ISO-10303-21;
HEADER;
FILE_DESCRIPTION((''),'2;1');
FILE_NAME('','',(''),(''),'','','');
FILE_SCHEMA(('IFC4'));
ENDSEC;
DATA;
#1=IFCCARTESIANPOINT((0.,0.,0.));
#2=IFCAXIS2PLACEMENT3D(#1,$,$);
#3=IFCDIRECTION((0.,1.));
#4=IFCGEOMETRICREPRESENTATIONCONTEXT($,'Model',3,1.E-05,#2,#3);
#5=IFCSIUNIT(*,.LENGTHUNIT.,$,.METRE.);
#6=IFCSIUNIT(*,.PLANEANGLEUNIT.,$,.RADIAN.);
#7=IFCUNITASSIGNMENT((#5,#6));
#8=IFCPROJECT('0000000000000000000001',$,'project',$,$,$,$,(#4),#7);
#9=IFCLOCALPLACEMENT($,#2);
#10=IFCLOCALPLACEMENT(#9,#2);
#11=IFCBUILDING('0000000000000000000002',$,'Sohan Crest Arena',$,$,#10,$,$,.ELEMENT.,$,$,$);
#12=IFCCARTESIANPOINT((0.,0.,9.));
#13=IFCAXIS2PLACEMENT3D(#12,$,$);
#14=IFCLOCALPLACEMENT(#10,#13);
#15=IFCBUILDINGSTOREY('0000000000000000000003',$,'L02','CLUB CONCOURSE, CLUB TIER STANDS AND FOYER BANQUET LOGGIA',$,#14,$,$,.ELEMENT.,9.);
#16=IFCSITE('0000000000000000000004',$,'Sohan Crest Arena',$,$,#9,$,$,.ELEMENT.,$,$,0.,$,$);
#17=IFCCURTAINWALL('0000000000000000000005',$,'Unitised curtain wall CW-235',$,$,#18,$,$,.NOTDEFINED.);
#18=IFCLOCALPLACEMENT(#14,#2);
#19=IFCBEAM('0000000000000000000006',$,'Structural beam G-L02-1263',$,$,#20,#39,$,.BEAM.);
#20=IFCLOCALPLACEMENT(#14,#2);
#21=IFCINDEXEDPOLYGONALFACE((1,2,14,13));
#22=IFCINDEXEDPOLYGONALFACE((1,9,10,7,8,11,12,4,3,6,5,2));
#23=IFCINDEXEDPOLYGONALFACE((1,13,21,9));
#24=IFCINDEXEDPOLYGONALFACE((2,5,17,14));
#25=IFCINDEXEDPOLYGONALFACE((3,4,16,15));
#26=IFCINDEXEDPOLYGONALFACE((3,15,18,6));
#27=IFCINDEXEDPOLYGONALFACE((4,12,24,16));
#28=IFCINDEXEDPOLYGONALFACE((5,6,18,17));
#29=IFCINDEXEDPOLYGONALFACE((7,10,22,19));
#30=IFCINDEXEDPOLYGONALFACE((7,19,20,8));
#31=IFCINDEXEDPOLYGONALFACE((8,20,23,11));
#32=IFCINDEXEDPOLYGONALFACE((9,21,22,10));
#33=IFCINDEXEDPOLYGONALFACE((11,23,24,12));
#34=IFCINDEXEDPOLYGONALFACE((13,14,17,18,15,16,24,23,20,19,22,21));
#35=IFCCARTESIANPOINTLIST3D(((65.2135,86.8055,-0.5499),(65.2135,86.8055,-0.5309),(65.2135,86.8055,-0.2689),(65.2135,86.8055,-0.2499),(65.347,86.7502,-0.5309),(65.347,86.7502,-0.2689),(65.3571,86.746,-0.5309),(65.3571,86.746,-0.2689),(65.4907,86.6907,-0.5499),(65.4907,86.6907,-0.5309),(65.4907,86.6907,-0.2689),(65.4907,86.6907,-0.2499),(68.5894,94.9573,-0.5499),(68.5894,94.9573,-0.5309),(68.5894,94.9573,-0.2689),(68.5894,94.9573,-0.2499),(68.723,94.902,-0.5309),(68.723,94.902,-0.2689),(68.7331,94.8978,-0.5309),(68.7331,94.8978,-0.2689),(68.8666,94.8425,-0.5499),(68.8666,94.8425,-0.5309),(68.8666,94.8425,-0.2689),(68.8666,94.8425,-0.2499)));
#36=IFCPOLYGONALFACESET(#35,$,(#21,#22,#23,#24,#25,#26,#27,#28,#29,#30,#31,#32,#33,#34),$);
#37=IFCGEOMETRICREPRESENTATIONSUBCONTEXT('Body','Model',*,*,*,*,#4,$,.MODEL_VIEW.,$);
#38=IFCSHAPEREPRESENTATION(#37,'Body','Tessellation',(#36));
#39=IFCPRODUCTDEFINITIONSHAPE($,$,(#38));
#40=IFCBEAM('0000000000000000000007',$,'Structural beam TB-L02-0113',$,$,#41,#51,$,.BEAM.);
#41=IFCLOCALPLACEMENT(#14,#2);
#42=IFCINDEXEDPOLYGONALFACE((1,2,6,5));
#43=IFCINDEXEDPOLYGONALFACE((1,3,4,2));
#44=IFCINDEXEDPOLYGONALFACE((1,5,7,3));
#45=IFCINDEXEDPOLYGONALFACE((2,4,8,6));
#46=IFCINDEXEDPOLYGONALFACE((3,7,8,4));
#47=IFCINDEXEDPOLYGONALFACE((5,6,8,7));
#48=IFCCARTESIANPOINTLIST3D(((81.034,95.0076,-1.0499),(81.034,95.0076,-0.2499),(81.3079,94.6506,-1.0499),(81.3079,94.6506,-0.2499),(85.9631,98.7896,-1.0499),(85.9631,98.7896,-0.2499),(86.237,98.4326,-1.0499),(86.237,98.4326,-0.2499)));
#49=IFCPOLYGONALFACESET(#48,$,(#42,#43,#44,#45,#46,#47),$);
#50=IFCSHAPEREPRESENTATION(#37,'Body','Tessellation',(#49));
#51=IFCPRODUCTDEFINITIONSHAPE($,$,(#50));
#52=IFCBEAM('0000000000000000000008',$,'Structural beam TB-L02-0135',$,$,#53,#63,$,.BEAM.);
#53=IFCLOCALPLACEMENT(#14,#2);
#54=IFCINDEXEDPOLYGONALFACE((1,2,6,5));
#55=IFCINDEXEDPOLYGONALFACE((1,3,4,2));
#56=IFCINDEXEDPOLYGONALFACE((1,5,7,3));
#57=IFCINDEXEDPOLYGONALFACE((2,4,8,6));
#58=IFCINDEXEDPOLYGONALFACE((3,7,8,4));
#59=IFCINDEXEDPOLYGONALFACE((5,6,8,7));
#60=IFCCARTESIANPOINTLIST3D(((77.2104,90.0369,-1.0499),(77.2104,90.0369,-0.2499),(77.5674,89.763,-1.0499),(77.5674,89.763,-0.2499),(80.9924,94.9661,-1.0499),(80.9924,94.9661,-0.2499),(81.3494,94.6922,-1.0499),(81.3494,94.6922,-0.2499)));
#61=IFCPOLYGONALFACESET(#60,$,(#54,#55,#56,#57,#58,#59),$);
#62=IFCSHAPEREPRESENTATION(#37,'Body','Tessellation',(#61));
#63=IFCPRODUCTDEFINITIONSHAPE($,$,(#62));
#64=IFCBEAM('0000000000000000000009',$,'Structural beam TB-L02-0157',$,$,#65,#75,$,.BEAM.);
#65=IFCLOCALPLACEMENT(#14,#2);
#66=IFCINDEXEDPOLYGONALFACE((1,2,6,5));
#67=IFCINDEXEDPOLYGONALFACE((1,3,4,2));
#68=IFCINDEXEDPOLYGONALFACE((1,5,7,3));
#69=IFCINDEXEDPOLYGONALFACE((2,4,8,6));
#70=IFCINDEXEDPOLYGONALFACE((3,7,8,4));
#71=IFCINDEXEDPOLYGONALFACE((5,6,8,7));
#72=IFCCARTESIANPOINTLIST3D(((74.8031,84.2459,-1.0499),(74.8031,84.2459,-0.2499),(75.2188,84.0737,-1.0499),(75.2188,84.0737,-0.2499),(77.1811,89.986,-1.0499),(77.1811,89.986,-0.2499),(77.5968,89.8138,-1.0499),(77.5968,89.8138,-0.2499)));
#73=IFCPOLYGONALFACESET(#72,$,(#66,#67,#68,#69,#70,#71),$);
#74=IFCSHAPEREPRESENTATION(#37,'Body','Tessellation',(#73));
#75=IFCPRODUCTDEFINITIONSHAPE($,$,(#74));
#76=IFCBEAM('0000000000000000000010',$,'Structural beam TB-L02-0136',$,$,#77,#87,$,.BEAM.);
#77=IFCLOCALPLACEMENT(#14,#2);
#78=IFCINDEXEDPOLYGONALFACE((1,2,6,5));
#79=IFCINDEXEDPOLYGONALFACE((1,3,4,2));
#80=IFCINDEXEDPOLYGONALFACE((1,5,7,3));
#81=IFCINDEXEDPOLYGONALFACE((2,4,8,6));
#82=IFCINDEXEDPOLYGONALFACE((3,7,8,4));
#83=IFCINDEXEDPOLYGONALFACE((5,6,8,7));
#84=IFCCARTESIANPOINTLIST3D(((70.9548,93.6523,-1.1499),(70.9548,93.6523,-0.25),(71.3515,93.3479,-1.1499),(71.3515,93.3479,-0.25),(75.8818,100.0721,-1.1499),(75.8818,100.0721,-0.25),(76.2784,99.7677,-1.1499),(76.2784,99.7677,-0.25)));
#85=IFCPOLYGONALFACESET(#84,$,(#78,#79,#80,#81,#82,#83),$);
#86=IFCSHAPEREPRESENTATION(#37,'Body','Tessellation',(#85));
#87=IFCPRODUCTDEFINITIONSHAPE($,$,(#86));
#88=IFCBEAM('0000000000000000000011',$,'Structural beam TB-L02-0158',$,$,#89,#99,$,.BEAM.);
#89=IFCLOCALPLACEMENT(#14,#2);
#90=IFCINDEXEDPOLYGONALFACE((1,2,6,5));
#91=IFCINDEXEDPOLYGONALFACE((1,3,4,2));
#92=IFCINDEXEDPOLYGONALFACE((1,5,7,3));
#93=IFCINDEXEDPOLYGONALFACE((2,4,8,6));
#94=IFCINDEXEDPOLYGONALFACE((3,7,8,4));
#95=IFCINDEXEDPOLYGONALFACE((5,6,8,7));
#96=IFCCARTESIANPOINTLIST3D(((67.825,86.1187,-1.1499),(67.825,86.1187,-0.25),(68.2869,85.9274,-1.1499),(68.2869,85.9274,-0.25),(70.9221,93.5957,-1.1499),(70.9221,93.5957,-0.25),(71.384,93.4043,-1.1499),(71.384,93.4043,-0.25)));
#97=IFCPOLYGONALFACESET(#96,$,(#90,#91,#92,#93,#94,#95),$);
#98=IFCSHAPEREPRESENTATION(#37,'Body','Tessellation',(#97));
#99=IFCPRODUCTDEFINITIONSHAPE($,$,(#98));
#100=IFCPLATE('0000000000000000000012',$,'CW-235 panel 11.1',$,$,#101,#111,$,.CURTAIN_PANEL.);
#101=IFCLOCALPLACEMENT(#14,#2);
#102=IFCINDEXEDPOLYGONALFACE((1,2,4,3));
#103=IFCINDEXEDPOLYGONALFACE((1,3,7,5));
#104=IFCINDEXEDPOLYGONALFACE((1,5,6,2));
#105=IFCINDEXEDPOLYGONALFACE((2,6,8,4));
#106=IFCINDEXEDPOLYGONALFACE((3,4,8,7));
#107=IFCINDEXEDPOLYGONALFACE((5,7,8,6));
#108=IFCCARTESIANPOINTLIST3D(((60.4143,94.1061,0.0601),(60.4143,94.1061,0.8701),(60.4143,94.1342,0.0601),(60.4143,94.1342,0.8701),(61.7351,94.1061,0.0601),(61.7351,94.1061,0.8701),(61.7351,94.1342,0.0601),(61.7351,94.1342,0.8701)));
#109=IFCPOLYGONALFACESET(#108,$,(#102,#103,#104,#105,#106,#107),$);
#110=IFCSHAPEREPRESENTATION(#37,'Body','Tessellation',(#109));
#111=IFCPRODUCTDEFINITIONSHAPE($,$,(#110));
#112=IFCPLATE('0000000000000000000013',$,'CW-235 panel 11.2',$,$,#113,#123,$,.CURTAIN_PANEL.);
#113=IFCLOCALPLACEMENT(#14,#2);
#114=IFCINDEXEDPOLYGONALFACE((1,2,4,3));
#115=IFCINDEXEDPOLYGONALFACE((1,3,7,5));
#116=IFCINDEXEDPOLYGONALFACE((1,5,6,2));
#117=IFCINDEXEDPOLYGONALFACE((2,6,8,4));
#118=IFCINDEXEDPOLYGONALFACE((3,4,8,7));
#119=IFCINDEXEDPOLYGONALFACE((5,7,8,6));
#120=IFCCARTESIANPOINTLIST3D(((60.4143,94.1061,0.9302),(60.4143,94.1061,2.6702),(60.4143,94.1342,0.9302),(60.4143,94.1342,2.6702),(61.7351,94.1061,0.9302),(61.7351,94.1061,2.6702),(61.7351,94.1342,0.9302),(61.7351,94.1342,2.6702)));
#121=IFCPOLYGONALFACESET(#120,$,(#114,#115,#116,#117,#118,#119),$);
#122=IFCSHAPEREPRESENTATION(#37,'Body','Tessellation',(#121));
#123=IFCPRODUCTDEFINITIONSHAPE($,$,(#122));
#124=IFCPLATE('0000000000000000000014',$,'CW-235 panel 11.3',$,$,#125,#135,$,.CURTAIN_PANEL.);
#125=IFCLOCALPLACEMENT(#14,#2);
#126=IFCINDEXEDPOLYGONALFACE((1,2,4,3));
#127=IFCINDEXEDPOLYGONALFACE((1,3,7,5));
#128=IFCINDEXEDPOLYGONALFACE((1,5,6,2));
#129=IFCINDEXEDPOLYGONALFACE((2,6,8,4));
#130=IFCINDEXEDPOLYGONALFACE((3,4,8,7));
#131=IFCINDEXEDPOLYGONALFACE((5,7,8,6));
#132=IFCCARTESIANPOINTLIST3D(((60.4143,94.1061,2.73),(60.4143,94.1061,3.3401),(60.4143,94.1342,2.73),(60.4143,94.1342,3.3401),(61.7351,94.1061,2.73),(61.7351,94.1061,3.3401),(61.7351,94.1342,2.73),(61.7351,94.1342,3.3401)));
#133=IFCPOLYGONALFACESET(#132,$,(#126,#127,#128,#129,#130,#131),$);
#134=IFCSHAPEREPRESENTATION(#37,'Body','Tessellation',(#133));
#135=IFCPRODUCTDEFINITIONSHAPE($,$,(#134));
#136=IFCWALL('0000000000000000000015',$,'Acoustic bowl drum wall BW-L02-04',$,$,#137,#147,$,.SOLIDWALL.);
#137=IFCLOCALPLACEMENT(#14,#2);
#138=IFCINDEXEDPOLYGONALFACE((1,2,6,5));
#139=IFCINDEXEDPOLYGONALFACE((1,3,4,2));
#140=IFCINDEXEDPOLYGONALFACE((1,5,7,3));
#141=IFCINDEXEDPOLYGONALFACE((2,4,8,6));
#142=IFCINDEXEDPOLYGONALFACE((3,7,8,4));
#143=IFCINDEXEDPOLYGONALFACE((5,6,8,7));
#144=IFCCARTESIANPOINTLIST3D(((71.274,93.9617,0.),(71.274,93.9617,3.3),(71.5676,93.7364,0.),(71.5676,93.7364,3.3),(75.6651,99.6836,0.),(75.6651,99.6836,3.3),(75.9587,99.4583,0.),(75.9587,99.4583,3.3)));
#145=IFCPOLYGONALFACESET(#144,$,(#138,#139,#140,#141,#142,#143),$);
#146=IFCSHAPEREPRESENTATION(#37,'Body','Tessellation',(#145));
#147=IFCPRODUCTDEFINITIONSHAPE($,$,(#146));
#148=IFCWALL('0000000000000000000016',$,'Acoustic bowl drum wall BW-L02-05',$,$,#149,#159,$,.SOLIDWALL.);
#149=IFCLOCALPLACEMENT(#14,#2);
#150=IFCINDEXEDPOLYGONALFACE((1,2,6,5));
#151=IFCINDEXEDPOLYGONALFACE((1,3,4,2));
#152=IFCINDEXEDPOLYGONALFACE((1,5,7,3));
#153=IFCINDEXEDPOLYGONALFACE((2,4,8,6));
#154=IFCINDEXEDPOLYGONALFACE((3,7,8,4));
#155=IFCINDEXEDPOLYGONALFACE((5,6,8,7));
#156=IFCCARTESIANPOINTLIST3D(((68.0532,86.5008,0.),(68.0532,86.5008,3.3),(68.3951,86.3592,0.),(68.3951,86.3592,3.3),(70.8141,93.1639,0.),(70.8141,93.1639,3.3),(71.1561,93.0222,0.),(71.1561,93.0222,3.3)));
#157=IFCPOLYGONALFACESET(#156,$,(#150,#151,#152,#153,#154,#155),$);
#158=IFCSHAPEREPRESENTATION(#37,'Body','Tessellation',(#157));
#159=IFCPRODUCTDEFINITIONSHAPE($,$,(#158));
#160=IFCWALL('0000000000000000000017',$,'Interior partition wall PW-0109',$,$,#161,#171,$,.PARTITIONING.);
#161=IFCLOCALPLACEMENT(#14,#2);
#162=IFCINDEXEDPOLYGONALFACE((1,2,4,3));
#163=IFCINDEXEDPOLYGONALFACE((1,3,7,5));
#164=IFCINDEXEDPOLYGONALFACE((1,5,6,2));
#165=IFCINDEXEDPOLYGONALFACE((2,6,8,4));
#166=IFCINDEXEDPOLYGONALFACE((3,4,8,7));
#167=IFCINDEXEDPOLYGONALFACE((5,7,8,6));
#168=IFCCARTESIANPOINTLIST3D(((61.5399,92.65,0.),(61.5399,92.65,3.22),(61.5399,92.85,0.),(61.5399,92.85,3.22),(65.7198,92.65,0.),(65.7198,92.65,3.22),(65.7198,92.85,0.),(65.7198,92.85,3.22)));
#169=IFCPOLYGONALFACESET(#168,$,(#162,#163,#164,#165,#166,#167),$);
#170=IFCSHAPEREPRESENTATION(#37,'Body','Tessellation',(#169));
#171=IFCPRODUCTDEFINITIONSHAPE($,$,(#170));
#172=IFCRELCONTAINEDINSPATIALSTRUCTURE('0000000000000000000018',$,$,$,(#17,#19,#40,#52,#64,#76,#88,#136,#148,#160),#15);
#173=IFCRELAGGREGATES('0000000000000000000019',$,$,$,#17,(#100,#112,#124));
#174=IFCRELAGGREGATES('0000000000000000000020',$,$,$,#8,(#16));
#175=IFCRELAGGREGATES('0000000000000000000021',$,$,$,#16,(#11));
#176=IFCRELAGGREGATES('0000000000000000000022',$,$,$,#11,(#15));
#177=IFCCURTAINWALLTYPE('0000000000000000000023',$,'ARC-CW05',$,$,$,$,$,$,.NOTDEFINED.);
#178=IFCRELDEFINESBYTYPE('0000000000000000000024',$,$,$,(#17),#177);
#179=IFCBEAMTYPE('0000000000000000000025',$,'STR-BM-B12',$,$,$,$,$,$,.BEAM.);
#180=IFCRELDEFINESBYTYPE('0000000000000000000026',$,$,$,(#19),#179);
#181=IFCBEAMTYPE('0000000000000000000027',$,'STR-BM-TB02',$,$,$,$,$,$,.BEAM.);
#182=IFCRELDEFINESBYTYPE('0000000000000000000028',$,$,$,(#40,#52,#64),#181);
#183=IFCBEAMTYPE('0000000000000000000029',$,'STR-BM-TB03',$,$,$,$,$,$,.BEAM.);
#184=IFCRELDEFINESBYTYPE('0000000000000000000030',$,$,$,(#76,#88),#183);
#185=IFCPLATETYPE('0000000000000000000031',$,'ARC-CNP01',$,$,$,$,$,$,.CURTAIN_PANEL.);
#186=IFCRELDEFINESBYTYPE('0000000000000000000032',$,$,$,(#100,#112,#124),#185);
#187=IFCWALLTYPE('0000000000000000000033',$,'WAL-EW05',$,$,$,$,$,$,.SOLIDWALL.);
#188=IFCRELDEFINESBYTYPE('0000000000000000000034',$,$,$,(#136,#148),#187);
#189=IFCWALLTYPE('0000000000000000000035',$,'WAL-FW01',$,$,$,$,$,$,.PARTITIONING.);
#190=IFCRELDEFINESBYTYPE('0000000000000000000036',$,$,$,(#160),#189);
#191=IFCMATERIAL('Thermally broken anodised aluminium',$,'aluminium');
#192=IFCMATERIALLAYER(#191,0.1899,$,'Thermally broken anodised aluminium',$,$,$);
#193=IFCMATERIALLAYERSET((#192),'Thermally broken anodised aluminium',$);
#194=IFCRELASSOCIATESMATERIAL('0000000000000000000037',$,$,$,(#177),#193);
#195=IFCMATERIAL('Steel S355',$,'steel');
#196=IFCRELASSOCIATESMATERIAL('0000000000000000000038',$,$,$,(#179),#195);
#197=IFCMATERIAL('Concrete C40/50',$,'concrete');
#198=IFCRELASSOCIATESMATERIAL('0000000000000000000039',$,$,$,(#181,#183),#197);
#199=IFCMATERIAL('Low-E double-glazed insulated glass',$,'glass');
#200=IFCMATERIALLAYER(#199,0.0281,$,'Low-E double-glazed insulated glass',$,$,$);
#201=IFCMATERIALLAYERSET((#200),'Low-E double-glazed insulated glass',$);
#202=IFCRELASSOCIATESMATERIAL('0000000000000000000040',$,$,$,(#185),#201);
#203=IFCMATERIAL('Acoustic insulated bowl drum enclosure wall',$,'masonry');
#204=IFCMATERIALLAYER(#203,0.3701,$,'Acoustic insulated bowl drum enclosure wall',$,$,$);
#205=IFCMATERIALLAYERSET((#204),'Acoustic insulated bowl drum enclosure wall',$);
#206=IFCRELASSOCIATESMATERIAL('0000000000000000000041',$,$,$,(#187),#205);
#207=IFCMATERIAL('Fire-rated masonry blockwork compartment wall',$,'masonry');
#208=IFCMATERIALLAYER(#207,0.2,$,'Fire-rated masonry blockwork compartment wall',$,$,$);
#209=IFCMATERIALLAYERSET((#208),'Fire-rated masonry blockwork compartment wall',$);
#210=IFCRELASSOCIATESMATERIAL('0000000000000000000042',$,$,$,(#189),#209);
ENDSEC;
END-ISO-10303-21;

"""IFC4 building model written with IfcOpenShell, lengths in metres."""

from ifc_helpers import new_model, si_unit, direction, frame, frame_2d, origin, origin_2d, place, context, subcontext, project, spatial, rectangle, i_section, extrude, material, layer, layer_set, material_profile, profile_set, type_object, element, aggregate, save


model = new_model("IFC4")

# Units and contexts
model_context = context("Model", 3, precision=1e-05, world=origin(), true_north=direction((0.0, 1.0)))
body_context = subcontext(model_context, "Body", "Model", "MODEL_VIEW")
ifc_project = project(units=[si_unit("LENGTHUNIT", "METRE"), si_unit("PLANEANGLEUNIT", "RADIAN")], contexts=[model_context])

# Site, building, storey
site_placement = place(None, origin())
site = spatial("IfcSite", under=ifc_project, at=site_placement, Name="Sohan Crest Arena", CompositionType="ELEMENT", RefElevation=0.0)
building_placement = place(site_placement, origin())
building = spatial("IfcBuilding", under=site, at=building_placement, Name="Sohan Crest Arena", CompositionType="ELEMENT")
storey_placement = place(building_placement, frame((0.0, 0.0, 9.0)))
storey = spatial("IfcBuildingStorey", under=building, at=storey_placement, Name="L02", Description="CLUB CONCOURSE, CLUB TIER STANDS AND FOYER BANQUET LOGGIA", CompositionType="ELEMENT", Elevation=9.0)

# Shared definitions
ifc_material_1 = material(Name="Concrete C40/50", Category="concrete")
ifc_material_2 = material(Name="Steel S355", Category="steel")

# Curtain wall
ifc_material_3 = material(Name="Thermally broken anodised aluminium", Category="aluminium")
ifc_layer_1 = layer(ifc_material_3, 0.1899, Name="Thermally broken anodised aluminium")
ifc_layer_set_1 = layer_set([ifc_layer_1], Name="Thermally broken anodised aluminium")
curtain_wall_type = type_object("IfcCurtainWallType", Name="ARC-CW05", PredefinedType="NOTDEFINED", material=ifc_layer_set_1)
curtain_wall_1_placement = place(storey_placement, origin())
curtain_wall_1 = element("IfcCurtainWall", 1, at=curtain_wall_1_placement, inside=storey, type_object=curtain_wall_type, Name="Unitised curtain wall CW-235", PredefinedType="NOTDEFINED")

# Beams
ifc_material_profile_1 = material_profile(ifc_material_2, i_section(OverallWidth=0.3, OverallDepth=0.3, WebThickness=0.011, FlangeThickness=0.019, at=origin_2d()), Name="HEB 300")
ifc_profile_set_1 = profile_set([ifc_material_profile_1], Name="Steel S355")
beam_type_1 = type_object("IfcBeamType", Name="STR-BM-B12", PredefinedType="BEAM", material=ifc_profile_set_1)
beam_1_placement = place(storey_placement, frame((68.728, 94.8999, -0.3999), z_axis=(-0.382622, -0.923905, 0.0), x_axis=(0.923905, -0.382622, 0.0)))
element("IfcBeam", 2, at=beam_1_placement, inside=storey, type_object=beam_type_1, Name="Structural beam G-L02-1263", PredefinedType="BEAM", context=body_context, shape_type="SweptSolid", body=[
    extrude(i_section(OverallWidth=0.3, OverallDepth=0.3, WebThickness=0.011, FlangeThickness=0.019, at=origin_2d()), origin(), (0.0, 0.0, 1.0), 8.8232),
])
ifc_material_profile_2 = material_profile(ifc_material_1, rectangle(XDim=0.45, YDim=0.8, at=origin_2d()), Name="RC-BM 450x800")
ifc_profile_set_2 = profile_set([ifc_material_profile_2], Name="Concrete C40/50")
beam_type_2 = type_object("IfcBeamType", Name="STR-BM-TB02", PredefinedType="BEAM", material=ifc_profile_set_2)
for number, where, z_axis, x_axis, name in (
    (3, (86.1001, 98.6111, -0.6499), (-0.793379, -0.608728, 0.0), (0.608728, -0.793379, 0.0), "Structural beam TB-L02-0113"),
    (4, (81.1709, 94.8291, -0.6499), (-0.608728, -0.793379, 0.0), (0.793379, -0.608728, 0.0), "Structural beam TB-L02-0135"),
):
    element("IfcBeam", number, at=place(storey_placement, frame(where, z_axis=z_axis, x_axis=x_axis)), inside=storey, type_object=beam_type_2, Name=name, PredefinedType="BEAM", context=body_context, shape_type="SweptSolid", body=[
        extrude(rectangle(XDim=0.45, YDim=0.8, at=origin_2d()), origin(), (0.0, 0.0, 1.0), 6.2129),
    ])
beam_2_placement = place(storey_placement, frame((77.3889, 89.8999, -0.6499), z_axis=(-0.382731, -0.92386, 0.0), x_axis=(0.92386, -0.382731, 0.0)))
element("IfcBeam", 5, at=beam_2_placement, inside=storey, type_object=beam_type_2, Name="Structural beam TB-L02-0157", PredefinedType="BEAM", context=body_context, shape_type="SweptSolid", body=[
    extrude(rectangle(XDim=0.45, YDim=0.8, at=origin_2d()), origin(), (0.0, 0.0, 1.0), 6.2131),
])
ifc_material_profile_3 = material_profile(ifc_material_1, rectangle(XDim=0.5, YDim=0.8999, at=origin_2d()), Name="RC-BM 500x900")
ifc_profile_set_3 = profile_set([ifc_material_profile_3], Name="Concrete C40/50")
beam_type_3 = type_object("IfcBeamType", Name="STR-BM-TB03", PredefinedType="BEAM", material=ifc_profile_set_3)
beam_3_placement = place(storey_placement, frame((76.0801, 99.9199, -0.7), z_axis=(-0.608825, -0.793304, 0.0), x_axis=(0.793304, -0.608825, 0.0)))
element("IfcBeam", 6, at=beam_3_placement, inside=storey, type_object=beam_type_3, Name="Structural beam TB-L02-0136", PredefinedType="BEAM", context=body_context, shape_type="SweptSolid", body=[
    extrude(rectangle(XDim=0.5, YDim=0.8999, at=origin_2d()), origin(), (0.0, 0.0, 1.0), 8.0925),
])
beam_4_placement = place(storey_placement, frame((71.1531, 93.5, -0.7), z_axis=(-0.382691, -0.923876, 0.0), x_axis=(0.923876, -0.382691, 0.0)))
element("IfcBeam", 7, at=beam_4_placement, inside=storey, type_object=beam_type_3, Name="Structural beam TB-L02-0158", PredefinedType="BEAM", context=body_context, shape_type="SweptSolid", body=[
    extrude(rectangle(XDim=0.5, YDim=0.8999, at=origin_2d()), origin(), (0.0, 0.0, 1.0), 8.093),
])

# Plates
ifc_material_4 = material(Name="Low-E double-glazed insulated glass", Category="glass")
ifc_layer_2 = layer(ifc_material_4, 0.0281, Name="Low-E double-glazed insulated glass")
ifc_layer_set_2 = layer_set([ifc_layer_2], Name="Low-E double-glazed insulated glass")
plate_type = type_object("IfcPlateType", Name="ARC-CNP01", PredefinedType="CURTAIN_PANEL", material=ifc_layer_set_2)
plate_1_placement = place(storey_placement, frame((61.0747, 94.1201, 0.0601), z_axis=(0.0, 0.0, 1.0), x_axis=(1.0, 0.0, 0.0)))
plate_1 = element("IfcPlate", 8, at=plate_1_placement, type_object=plate_type, Name="CW-235 panel 11.1", PredefinedType="CURTAIN_PANEL", context=body_context, shape_type="SweptSolid", body=[
    extrude(rectangle(XDim=1.3208, YDim=0.0281, at=origin_2d()), origin(), (0.0, 0.0, 1.0), 0.8101),
])
plate_2_placement = place(storey_placement, frame((61.0747, 94.1201, 0.9302), z_axis=(0.0, 0.0, 1.0), x_axis=(1.0, 0.0, 0.0)))
plate_2 = element("IfcPlate", 9, at=plate_2_placement, type_object=plate_type, Name="CW-235 panel 11.2", PredefinedType="CURTAIN_PANEL", context=body_context, shape_type="SweptSolid", body=[
    extrude(rectangle(XDim=1.3208, YDim=0.0281, at=origin_2d()), origin(), (0.0, 0.0, 1.0), 1.74),
])
plate_3_placement = place(storey_placement, frame((61.0747, 94.1201, 2.73), z_axis=(0.0, 0.0, 1.0), x_axis=(1.0, 0.0, 0.0)))
plate_3 = element("IfcPlate", 10, at=plate_3_placement, type_object=plate_type, Name="CW-235 panel 11.3", PredefinedType="CURTAIN_PANEL", context=body_context, shape_type="SweptSolid", body=[
    extrude(rectangle(XDim=1.3208, YDim=0.0281, at=origin_2d()), origin(), (0.0, 0.0, 1.0), 0.6101),
])
aggregate(curtain_wall_1, [plate_1, plate_2, plate_3])

# Walls
ifc_material_5 = material(Name="Acoustic insulated bowl drum enclosure wall", Category="masonry")
ifc_layer_3 = layer(ifc_material_5, 0.3701, Name="Acoustic insulated bowl drum enclosure wall")
ifc_layer_set_3 = layer_set([ifc_layer_3], Name="Acoustic insulated bowl drum enclosure wall")
wall_type_1 = type_object("IfcWallType", Name="WAL-EW05", PredefinedType="SOLIDWALL", material=ifc_layer_set_3)
wall_1_placement = place(storey_placement, frame((75.812, 99.571, 0.0), z_axis=(0.0, 0.0, 1.0), x_axis=(-0.608807, -0.793318, 0.0)))
element("IfcWall", 11, at=wall_1_placement, inside=storey, type_object=wall_type_1, Name="Acoustic bowl drum wall BW-L02-04", PredefinedType="SOLIDWALL", context=body_context, shape_type="SweptSolid", body=[
    extrude(rectangle(XDim=7.2126, YDim=0.3701, at=frame_2d((3.6064, 0.0))), origin(), (0.0, 0.0, 1.0), 3.3),
])
wall_2_placement = place(storey_placement, frame((70.9851, 93.093, 0.0), z_axis=(0.0, 0.0, 1.0), x_axis=(-0.382807, -0.923828, 0.0)))
element("IfcWall", 12, at=wall_2_placement, inside=storey, type_object=wall_type_1, Name="Acoustic bowl drum wall BW-L02-05", PredefinedType="SOLIDWALL", context=body_context, shape_type="SweptSolid", body=[
    extrude(rectangle(XDim=7.2124, YDim=0.3701, at=frame_2d((3.6062, 0.0))), origin(), (0.0, 0.0, 1.0), 3.3),
])
ifc_material_6 = material(Name="Fire-rated masonry blockwork compartment wall", Category="masonry")
ifc_layer_4 = layer(ifc_material_6, 0.2, Name="Fire-rated masonry blockwork compartment wall")
ifc_layer_set_4 = layer_set([ifc_layer_4], Name="Fire-rated masonry blockwork compartment wall")
wall_type_2 = type_object("IfcWallType", Name="WAL-FW01", PredefinedType="PARTITIONING", material=ifc_layer_set_4)
wall_3_placement = place(storey_placement, frame((61.54, 92.75, 0.0), z_axis=(0.0, 0.0, 1.0), x_axis=(1.0, 0.0, 0.0)))
element("IfcWall", 13, at=wall_3_placement, inside=storey, type_object=wall_type_2, Name="Interior partition wall PW-0109", PredefinedType="PARTITIONING", context=body_context, shape_type="SweptSolid", body=[
    extrude(rectangle(XDim=4.1799, YDim=0.2, at=frame_2d((2.0898, 0.0))), origin(), (0.0, 0.0, 1.0), 3.22),
])

save(model, "model.ifc")
